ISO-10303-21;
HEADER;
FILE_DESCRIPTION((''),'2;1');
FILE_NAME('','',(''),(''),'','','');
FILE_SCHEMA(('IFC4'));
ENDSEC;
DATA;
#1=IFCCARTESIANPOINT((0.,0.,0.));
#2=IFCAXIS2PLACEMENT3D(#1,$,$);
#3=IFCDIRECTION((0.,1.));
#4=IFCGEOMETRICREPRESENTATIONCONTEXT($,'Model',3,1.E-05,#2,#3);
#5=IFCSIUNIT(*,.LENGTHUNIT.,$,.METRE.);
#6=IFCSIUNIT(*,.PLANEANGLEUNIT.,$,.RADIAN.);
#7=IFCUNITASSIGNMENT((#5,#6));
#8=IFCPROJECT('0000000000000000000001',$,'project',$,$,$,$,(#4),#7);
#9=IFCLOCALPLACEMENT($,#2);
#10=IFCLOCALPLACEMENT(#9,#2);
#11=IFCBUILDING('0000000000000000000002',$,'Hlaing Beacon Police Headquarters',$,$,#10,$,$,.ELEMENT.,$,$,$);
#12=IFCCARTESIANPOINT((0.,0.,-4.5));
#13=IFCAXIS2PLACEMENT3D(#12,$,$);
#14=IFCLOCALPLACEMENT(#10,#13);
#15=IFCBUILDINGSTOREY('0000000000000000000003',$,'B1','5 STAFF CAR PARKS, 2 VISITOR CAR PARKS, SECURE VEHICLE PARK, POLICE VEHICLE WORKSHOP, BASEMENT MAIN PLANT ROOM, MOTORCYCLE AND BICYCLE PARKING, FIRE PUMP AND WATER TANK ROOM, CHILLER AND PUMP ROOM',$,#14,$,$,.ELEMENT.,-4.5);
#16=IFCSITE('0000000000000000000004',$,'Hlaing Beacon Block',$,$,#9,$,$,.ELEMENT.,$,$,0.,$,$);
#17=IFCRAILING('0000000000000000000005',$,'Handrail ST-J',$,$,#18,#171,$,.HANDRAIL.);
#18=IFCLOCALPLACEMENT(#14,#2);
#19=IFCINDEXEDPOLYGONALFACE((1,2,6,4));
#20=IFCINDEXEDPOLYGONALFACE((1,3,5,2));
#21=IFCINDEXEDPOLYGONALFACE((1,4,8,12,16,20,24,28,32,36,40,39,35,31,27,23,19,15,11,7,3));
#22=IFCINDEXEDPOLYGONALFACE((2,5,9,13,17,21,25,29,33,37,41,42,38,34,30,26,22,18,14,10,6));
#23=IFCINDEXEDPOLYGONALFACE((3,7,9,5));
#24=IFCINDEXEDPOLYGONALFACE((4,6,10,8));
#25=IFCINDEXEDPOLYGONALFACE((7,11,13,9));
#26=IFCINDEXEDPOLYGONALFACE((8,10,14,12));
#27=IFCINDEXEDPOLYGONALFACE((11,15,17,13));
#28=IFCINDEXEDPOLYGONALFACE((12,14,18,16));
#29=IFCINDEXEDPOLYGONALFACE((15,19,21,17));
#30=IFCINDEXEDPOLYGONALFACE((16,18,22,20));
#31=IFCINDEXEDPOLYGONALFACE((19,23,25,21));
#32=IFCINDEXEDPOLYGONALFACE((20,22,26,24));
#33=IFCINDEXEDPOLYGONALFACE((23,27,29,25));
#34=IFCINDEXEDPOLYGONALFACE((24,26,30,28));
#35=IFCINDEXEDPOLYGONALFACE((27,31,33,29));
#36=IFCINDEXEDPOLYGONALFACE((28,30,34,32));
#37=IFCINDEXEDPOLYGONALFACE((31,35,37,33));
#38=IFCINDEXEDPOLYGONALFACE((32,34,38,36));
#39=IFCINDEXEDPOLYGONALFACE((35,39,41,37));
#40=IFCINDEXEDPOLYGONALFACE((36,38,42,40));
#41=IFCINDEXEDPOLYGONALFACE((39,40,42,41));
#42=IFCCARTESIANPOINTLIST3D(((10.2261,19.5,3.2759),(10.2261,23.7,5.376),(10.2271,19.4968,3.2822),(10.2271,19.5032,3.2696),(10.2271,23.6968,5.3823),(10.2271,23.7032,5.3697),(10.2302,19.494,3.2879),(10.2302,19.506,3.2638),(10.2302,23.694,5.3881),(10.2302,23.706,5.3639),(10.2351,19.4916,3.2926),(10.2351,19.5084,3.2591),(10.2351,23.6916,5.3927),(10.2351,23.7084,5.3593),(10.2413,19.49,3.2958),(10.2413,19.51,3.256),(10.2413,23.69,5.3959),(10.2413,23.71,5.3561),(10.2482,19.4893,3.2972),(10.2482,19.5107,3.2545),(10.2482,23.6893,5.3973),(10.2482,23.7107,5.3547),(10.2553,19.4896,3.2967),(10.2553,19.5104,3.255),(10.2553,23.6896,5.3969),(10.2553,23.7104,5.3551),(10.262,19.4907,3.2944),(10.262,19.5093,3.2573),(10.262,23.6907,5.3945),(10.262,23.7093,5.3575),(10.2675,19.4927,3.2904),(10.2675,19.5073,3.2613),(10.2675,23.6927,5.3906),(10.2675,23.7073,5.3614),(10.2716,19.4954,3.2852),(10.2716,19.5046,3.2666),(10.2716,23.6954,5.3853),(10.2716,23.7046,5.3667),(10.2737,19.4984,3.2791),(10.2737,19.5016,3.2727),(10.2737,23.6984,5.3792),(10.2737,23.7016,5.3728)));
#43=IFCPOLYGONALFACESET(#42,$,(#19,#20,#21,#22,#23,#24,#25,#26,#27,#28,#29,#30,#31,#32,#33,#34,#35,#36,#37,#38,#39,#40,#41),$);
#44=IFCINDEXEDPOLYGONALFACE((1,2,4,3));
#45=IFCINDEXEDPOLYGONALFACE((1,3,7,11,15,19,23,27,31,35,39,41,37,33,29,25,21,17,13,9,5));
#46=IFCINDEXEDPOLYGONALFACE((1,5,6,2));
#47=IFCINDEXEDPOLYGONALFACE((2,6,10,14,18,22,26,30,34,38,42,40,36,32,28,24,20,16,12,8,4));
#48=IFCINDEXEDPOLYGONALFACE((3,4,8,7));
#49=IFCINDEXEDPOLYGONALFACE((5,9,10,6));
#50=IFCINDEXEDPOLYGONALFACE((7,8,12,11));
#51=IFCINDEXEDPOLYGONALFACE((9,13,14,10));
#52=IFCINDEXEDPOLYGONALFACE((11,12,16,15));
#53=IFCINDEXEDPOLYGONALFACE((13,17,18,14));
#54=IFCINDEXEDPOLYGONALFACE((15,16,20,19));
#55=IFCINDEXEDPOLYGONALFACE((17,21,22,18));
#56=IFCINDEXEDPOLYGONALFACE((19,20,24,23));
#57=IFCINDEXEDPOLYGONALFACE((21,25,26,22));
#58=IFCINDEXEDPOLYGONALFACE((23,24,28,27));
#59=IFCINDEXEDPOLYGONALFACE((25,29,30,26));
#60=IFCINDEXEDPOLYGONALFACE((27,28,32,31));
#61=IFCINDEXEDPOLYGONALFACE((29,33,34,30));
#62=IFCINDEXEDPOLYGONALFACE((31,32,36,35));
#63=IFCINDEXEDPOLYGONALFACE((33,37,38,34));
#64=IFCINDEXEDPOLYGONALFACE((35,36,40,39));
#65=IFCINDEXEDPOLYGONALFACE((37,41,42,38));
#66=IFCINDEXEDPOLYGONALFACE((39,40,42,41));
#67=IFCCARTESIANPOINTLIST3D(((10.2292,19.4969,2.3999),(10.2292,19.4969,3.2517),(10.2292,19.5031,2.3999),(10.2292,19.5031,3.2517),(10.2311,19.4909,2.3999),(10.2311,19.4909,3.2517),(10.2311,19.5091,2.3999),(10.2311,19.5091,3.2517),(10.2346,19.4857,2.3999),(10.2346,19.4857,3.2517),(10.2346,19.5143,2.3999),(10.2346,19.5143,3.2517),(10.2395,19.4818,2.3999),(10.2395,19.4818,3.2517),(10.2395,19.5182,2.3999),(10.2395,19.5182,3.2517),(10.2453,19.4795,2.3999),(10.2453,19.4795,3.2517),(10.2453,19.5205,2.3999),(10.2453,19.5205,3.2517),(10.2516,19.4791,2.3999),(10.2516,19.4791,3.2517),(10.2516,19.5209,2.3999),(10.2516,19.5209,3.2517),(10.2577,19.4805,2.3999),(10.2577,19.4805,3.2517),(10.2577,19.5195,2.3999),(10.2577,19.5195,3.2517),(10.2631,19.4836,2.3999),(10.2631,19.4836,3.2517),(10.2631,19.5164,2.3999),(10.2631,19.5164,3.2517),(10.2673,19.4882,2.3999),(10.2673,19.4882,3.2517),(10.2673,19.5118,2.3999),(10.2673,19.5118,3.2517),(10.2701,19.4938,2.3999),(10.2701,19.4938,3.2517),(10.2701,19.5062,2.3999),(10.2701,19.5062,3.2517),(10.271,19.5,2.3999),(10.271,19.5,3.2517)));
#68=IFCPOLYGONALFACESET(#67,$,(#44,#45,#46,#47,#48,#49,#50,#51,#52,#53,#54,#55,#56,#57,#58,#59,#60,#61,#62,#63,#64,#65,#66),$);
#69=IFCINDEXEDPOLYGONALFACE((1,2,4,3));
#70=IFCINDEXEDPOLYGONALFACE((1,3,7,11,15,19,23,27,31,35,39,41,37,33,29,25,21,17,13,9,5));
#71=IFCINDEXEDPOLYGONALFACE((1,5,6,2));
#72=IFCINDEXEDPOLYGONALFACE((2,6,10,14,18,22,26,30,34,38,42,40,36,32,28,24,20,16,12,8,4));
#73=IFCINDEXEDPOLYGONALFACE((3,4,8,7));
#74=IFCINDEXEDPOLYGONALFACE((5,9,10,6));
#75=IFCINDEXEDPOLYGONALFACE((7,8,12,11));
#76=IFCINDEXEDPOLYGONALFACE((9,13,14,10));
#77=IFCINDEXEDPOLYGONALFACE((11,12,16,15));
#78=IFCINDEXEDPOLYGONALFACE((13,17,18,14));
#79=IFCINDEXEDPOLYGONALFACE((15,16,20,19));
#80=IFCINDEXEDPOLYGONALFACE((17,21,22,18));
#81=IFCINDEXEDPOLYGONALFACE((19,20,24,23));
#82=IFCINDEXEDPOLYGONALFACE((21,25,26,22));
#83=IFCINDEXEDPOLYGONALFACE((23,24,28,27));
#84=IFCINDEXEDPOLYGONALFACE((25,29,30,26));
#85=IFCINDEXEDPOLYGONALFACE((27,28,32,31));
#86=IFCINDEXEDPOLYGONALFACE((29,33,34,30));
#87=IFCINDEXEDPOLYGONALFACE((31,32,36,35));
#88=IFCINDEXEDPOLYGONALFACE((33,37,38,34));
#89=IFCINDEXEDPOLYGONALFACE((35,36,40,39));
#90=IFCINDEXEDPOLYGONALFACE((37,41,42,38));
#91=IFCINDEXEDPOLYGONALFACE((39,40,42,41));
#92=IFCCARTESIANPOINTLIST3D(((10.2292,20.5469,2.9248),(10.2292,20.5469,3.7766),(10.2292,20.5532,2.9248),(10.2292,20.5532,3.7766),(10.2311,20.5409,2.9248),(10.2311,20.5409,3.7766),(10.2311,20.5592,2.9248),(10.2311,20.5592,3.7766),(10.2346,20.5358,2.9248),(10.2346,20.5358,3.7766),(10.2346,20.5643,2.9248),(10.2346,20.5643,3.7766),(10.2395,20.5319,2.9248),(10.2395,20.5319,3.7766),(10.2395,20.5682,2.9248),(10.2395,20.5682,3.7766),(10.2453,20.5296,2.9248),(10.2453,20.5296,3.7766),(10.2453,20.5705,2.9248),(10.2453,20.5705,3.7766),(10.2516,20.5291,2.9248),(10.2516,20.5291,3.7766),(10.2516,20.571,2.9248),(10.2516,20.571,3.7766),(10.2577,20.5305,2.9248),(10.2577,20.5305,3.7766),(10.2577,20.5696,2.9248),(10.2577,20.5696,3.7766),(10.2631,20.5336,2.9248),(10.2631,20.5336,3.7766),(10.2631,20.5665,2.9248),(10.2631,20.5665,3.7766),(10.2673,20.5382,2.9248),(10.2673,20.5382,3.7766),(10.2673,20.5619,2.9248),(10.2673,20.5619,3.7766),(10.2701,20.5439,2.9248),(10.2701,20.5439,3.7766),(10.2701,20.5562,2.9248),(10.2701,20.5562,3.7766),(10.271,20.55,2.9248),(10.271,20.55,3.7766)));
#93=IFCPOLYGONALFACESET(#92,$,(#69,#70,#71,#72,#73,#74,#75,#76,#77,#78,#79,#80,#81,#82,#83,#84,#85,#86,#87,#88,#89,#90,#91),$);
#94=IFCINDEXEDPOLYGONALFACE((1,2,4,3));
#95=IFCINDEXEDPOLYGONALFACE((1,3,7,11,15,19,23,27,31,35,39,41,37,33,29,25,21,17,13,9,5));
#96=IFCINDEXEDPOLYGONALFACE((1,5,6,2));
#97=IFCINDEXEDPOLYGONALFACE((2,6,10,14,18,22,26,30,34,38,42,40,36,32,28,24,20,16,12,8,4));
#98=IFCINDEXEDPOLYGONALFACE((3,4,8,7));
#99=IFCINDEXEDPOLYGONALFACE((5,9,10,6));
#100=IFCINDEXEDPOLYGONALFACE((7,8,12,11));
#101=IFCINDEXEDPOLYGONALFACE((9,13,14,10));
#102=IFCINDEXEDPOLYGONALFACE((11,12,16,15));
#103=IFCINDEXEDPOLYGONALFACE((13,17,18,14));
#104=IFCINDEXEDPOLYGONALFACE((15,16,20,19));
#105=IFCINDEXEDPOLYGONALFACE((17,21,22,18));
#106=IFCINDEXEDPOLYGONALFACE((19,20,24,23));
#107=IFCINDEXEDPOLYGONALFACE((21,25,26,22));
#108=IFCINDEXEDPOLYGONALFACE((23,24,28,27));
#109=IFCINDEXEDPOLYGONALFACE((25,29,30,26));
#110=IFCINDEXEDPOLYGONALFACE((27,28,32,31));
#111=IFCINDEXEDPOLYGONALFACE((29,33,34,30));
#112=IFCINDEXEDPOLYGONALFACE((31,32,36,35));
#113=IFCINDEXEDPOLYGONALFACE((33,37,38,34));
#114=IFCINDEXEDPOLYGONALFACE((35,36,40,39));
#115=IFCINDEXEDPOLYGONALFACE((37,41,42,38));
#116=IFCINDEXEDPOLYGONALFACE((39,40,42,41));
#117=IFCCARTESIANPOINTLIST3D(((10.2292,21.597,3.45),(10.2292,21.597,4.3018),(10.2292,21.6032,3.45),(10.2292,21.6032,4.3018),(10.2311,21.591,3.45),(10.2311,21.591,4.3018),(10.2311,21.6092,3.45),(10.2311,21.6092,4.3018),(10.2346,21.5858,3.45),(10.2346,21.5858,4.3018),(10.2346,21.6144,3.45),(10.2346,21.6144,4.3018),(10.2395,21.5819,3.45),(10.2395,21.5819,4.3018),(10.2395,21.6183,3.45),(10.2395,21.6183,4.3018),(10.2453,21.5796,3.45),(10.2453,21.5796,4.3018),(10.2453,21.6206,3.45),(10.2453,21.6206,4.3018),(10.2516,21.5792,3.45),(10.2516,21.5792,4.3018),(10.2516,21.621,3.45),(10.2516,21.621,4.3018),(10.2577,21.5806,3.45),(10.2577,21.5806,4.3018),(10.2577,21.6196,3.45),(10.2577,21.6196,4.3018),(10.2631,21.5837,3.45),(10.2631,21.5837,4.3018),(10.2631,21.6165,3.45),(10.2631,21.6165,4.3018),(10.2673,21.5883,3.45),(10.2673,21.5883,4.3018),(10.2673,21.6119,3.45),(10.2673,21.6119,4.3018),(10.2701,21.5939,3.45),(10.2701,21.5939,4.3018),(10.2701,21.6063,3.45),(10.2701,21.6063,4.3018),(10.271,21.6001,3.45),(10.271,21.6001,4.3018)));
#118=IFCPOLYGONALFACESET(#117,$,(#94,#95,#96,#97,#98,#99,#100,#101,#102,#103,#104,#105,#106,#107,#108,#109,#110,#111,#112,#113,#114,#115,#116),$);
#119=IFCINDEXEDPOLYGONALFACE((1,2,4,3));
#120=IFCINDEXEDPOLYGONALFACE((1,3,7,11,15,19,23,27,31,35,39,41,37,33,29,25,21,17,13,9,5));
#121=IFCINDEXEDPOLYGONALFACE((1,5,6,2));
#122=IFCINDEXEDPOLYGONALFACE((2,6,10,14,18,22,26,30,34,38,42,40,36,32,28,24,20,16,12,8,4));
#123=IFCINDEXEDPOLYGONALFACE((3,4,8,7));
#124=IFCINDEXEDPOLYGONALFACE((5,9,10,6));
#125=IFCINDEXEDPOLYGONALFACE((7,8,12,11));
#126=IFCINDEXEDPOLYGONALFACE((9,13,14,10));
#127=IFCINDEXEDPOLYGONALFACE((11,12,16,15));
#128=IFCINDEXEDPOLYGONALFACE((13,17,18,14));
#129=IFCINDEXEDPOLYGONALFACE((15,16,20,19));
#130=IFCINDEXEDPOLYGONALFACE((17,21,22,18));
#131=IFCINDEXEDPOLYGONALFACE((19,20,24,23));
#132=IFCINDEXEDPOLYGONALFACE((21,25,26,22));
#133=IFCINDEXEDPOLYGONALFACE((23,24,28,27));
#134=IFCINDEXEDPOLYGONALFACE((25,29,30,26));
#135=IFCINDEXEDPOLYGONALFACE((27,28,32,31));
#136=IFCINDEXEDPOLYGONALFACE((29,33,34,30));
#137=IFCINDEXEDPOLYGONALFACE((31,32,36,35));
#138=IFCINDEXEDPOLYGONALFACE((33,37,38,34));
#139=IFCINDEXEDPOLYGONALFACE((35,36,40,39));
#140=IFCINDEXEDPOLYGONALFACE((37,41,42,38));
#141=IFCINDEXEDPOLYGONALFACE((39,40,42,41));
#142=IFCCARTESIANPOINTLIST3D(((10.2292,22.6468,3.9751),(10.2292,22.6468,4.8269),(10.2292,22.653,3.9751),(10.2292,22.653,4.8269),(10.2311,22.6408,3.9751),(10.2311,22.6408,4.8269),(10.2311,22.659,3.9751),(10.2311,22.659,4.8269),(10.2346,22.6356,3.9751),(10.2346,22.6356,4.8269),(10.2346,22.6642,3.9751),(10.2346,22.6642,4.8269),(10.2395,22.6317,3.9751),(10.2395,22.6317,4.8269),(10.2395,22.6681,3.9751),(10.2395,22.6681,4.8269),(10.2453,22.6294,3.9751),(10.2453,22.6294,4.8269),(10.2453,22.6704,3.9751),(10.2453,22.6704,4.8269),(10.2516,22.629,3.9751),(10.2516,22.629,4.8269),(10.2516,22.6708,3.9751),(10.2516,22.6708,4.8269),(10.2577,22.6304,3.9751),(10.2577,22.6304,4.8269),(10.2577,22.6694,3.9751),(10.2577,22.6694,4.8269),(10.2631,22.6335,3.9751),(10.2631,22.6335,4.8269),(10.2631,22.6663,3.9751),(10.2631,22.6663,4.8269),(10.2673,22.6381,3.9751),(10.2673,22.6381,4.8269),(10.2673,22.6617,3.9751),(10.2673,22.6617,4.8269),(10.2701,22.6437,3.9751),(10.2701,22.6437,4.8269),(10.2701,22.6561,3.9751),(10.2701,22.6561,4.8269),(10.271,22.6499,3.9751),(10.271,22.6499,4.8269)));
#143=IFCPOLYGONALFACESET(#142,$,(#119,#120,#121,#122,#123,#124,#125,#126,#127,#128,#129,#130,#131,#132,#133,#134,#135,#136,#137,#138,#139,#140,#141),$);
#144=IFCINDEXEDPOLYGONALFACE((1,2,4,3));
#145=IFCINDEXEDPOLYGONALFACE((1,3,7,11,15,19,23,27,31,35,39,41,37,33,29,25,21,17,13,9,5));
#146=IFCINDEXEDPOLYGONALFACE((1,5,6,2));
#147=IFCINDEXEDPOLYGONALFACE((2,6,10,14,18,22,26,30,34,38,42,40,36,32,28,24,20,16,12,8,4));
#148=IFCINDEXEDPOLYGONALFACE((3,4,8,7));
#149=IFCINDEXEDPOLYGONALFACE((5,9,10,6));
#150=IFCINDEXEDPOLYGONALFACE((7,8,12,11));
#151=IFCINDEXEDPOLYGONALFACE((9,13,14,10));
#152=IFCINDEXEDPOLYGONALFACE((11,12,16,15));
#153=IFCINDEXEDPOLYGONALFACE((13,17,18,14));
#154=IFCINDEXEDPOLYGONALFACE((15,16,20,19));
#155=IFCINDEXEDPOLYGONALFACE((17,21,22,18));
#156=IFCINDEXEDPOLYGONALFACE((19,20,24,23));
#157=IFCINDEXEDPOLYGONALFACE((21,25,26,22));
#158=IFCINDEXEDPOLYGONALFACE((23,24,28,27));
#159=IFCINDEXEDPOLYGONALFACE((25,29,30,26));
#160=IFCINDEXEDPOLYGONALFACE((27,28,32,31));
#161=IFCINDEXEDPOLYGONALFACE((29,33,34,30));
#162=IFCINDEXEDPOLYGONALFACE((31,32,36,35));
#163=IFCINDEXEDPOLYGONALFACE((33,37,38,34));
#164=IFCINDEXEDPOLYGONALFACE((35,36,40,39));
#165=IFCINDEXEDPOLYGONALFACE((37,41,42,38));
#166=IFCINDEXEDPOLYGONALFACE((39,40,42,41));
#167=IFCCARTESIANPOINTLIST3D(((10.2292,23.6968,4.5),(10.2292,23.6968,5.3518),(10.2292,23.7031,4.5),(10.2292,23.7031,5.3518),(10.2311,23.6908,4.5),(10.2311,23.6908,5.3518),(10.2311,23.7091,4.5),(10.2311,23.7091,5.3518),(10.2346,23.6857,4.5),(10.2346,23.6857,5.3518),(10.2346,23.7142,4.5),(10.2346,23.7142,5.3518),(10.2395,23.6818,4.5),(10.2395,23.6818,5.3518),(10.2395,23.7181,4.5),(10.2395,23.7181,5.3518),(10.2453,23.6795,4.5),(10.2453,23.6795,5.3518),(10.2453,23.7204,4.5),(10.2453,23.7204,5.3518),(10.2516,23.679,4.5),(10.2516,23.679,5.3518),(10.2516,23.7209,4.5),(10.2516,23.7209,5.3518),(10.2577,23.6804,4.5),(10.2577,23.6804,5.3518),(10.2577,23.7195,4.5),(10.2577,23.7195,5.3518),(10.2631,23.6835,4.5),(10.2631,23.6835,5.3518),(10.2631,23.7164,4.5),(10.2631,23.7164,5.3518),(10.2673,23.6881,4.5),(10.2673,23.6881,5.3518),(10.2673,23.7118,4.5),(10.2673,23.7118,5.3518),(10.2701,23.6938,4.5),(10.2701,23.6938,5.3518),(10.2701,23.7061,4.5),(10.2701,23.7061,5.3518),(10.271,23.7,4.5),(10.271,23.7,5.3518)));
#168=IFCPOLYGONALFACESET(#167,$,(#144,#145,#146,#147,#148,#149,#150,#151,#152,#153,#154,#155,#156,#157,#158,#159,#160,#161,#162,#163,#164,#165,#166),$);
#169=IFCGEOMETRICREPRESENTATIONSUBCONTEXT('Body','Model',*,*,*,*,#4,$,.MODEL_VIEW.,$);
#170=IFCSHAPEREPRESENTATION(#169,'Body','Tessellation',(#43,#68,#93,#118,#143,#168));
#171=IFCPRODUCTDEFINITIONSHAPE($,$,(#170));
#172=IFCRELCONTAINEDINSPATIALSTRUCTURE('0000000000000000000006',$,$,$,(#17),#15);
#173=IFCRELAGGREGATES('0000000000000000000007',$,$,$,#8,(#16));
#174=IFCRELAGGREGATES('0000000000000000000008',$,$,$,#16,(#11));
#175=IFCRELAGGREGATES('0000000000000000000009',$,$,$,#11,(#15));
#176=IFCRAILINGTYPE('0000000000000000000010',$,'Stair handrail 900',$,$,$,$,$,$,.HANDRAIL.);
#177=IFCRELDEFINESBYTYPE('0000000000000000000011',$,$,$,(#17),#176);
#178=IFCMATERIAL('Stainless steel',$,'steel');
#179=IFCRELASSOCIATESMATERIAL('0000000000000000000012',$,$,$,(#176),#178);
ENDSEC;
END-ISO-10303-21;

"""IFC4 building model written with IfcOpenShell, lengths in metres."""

from ifc_helpers import new_model, si_unit, direction, frame, origin, origin_2d, place, context, subcontext, project, spatial, circle, extrude, material, type_object, element, save


model = new_model("IFC4")

# Units and contexts
model_context = context("Model", 3, precision=1e-05, world=origin(), true_north=direction((0.0, 1.0)))
body_context = subcontext(model_context, "Body", "Model", "MODEL_VIEW")
ifc_project = project(units=[si_unit("LENGTHUNIT", "METRE"), si_unit("PLANEANGLEUNIT", "RADIAN")], contexts=[model_context])

# Site, building, storey
site_placement = place(None, origin())
site = spatial("IfcSite", under=ifc_project, at=site_placement, Name="Hlaing Beacon Block", CompositionType="ELEMENT", RefElevation=0.0)
building_placement = place(site_placement, origin())
building = spatial("IfcBuilding", under=site, at=building_placement, Name="Hlaing Beacon Police Headquarters", CompositionType="ELEMENT")
storey_placement = place(building_placement, frame((0.0, 0.0, -4.5)))
storey = spatial("IfcBuildingStorey", under=building, at=storey_placement, Name="B1", Description="5 STAFF CAR PARKS, 2 VISITOR CAR PARKS, SECURE VEHICLE PARK, POLICE VEHICLE WORKSHOP, BASEMENT MAIN PLANT ROOM, MOTORCYCLE AND BICYCLE PARKING, FIRE PUMP AND WATER TANK ROOM, CHILLER AND PUMP ROOM", CompositionType="ELEMENT", Elevation=-4.5)

# Railing
ifc_material_1 = material(Name="Stainless steel", Category="steel")
railing_type = type_object("IfcRailingType", Name="Stair handrail 900", PredefinedType="HANDRAIL", material=ifc_material_1)
for number, where, name in (
    (1, (10.25, 19.5, 2.3999), "Handrail ST-J"),
):
    element("IfcRailing", number, at=place(storey_placement, frame(where)), inside=storey, type_object=railing_type, Name=name, PredefinedType="HANDRAIL", context=body_context, shape_type="SweptSolid", body=[
        extrude(circle(Radius=0.0239, at=origin_2d()), frame((0.0, 0.0, 0.876), z_axis=(0.0, 0.894417, 0.447234), x_axis=(-1.0, 0.0, 0.0)), (0.0, 0.0, 1.0), 4.6958),
        extrude(circle(Radius=0.021, at=origin_2d()), origin(), (0.0, 0.0, 1.0), 0.8518),
        extrude(circle(Radius=0.021, at=origin_2d()), frame((0.0, 1.05, 0.5249)), (0.0, 0.0, 1.0), 0.8518),
        extrude(circle(Radius=0.021, at=origin_2d()), frame((0.0, 2.1001, 1.05)), (0.0, 0.0, 1.0), 0.8518),
        extrude(circle(Radius=0.021, at=origin_2d()), frame((0.0, 3.1499, 1.5752)), (0.0, 0.0, 1.0), 0.8518),
        extrude(circle(Radius=0.021, at=origin_2d()), frame((0.0, 4.2, 2.1001)), (0.0, 0.0, 1.0), 0.8518),
    ])

save(model, "model.ifc")
